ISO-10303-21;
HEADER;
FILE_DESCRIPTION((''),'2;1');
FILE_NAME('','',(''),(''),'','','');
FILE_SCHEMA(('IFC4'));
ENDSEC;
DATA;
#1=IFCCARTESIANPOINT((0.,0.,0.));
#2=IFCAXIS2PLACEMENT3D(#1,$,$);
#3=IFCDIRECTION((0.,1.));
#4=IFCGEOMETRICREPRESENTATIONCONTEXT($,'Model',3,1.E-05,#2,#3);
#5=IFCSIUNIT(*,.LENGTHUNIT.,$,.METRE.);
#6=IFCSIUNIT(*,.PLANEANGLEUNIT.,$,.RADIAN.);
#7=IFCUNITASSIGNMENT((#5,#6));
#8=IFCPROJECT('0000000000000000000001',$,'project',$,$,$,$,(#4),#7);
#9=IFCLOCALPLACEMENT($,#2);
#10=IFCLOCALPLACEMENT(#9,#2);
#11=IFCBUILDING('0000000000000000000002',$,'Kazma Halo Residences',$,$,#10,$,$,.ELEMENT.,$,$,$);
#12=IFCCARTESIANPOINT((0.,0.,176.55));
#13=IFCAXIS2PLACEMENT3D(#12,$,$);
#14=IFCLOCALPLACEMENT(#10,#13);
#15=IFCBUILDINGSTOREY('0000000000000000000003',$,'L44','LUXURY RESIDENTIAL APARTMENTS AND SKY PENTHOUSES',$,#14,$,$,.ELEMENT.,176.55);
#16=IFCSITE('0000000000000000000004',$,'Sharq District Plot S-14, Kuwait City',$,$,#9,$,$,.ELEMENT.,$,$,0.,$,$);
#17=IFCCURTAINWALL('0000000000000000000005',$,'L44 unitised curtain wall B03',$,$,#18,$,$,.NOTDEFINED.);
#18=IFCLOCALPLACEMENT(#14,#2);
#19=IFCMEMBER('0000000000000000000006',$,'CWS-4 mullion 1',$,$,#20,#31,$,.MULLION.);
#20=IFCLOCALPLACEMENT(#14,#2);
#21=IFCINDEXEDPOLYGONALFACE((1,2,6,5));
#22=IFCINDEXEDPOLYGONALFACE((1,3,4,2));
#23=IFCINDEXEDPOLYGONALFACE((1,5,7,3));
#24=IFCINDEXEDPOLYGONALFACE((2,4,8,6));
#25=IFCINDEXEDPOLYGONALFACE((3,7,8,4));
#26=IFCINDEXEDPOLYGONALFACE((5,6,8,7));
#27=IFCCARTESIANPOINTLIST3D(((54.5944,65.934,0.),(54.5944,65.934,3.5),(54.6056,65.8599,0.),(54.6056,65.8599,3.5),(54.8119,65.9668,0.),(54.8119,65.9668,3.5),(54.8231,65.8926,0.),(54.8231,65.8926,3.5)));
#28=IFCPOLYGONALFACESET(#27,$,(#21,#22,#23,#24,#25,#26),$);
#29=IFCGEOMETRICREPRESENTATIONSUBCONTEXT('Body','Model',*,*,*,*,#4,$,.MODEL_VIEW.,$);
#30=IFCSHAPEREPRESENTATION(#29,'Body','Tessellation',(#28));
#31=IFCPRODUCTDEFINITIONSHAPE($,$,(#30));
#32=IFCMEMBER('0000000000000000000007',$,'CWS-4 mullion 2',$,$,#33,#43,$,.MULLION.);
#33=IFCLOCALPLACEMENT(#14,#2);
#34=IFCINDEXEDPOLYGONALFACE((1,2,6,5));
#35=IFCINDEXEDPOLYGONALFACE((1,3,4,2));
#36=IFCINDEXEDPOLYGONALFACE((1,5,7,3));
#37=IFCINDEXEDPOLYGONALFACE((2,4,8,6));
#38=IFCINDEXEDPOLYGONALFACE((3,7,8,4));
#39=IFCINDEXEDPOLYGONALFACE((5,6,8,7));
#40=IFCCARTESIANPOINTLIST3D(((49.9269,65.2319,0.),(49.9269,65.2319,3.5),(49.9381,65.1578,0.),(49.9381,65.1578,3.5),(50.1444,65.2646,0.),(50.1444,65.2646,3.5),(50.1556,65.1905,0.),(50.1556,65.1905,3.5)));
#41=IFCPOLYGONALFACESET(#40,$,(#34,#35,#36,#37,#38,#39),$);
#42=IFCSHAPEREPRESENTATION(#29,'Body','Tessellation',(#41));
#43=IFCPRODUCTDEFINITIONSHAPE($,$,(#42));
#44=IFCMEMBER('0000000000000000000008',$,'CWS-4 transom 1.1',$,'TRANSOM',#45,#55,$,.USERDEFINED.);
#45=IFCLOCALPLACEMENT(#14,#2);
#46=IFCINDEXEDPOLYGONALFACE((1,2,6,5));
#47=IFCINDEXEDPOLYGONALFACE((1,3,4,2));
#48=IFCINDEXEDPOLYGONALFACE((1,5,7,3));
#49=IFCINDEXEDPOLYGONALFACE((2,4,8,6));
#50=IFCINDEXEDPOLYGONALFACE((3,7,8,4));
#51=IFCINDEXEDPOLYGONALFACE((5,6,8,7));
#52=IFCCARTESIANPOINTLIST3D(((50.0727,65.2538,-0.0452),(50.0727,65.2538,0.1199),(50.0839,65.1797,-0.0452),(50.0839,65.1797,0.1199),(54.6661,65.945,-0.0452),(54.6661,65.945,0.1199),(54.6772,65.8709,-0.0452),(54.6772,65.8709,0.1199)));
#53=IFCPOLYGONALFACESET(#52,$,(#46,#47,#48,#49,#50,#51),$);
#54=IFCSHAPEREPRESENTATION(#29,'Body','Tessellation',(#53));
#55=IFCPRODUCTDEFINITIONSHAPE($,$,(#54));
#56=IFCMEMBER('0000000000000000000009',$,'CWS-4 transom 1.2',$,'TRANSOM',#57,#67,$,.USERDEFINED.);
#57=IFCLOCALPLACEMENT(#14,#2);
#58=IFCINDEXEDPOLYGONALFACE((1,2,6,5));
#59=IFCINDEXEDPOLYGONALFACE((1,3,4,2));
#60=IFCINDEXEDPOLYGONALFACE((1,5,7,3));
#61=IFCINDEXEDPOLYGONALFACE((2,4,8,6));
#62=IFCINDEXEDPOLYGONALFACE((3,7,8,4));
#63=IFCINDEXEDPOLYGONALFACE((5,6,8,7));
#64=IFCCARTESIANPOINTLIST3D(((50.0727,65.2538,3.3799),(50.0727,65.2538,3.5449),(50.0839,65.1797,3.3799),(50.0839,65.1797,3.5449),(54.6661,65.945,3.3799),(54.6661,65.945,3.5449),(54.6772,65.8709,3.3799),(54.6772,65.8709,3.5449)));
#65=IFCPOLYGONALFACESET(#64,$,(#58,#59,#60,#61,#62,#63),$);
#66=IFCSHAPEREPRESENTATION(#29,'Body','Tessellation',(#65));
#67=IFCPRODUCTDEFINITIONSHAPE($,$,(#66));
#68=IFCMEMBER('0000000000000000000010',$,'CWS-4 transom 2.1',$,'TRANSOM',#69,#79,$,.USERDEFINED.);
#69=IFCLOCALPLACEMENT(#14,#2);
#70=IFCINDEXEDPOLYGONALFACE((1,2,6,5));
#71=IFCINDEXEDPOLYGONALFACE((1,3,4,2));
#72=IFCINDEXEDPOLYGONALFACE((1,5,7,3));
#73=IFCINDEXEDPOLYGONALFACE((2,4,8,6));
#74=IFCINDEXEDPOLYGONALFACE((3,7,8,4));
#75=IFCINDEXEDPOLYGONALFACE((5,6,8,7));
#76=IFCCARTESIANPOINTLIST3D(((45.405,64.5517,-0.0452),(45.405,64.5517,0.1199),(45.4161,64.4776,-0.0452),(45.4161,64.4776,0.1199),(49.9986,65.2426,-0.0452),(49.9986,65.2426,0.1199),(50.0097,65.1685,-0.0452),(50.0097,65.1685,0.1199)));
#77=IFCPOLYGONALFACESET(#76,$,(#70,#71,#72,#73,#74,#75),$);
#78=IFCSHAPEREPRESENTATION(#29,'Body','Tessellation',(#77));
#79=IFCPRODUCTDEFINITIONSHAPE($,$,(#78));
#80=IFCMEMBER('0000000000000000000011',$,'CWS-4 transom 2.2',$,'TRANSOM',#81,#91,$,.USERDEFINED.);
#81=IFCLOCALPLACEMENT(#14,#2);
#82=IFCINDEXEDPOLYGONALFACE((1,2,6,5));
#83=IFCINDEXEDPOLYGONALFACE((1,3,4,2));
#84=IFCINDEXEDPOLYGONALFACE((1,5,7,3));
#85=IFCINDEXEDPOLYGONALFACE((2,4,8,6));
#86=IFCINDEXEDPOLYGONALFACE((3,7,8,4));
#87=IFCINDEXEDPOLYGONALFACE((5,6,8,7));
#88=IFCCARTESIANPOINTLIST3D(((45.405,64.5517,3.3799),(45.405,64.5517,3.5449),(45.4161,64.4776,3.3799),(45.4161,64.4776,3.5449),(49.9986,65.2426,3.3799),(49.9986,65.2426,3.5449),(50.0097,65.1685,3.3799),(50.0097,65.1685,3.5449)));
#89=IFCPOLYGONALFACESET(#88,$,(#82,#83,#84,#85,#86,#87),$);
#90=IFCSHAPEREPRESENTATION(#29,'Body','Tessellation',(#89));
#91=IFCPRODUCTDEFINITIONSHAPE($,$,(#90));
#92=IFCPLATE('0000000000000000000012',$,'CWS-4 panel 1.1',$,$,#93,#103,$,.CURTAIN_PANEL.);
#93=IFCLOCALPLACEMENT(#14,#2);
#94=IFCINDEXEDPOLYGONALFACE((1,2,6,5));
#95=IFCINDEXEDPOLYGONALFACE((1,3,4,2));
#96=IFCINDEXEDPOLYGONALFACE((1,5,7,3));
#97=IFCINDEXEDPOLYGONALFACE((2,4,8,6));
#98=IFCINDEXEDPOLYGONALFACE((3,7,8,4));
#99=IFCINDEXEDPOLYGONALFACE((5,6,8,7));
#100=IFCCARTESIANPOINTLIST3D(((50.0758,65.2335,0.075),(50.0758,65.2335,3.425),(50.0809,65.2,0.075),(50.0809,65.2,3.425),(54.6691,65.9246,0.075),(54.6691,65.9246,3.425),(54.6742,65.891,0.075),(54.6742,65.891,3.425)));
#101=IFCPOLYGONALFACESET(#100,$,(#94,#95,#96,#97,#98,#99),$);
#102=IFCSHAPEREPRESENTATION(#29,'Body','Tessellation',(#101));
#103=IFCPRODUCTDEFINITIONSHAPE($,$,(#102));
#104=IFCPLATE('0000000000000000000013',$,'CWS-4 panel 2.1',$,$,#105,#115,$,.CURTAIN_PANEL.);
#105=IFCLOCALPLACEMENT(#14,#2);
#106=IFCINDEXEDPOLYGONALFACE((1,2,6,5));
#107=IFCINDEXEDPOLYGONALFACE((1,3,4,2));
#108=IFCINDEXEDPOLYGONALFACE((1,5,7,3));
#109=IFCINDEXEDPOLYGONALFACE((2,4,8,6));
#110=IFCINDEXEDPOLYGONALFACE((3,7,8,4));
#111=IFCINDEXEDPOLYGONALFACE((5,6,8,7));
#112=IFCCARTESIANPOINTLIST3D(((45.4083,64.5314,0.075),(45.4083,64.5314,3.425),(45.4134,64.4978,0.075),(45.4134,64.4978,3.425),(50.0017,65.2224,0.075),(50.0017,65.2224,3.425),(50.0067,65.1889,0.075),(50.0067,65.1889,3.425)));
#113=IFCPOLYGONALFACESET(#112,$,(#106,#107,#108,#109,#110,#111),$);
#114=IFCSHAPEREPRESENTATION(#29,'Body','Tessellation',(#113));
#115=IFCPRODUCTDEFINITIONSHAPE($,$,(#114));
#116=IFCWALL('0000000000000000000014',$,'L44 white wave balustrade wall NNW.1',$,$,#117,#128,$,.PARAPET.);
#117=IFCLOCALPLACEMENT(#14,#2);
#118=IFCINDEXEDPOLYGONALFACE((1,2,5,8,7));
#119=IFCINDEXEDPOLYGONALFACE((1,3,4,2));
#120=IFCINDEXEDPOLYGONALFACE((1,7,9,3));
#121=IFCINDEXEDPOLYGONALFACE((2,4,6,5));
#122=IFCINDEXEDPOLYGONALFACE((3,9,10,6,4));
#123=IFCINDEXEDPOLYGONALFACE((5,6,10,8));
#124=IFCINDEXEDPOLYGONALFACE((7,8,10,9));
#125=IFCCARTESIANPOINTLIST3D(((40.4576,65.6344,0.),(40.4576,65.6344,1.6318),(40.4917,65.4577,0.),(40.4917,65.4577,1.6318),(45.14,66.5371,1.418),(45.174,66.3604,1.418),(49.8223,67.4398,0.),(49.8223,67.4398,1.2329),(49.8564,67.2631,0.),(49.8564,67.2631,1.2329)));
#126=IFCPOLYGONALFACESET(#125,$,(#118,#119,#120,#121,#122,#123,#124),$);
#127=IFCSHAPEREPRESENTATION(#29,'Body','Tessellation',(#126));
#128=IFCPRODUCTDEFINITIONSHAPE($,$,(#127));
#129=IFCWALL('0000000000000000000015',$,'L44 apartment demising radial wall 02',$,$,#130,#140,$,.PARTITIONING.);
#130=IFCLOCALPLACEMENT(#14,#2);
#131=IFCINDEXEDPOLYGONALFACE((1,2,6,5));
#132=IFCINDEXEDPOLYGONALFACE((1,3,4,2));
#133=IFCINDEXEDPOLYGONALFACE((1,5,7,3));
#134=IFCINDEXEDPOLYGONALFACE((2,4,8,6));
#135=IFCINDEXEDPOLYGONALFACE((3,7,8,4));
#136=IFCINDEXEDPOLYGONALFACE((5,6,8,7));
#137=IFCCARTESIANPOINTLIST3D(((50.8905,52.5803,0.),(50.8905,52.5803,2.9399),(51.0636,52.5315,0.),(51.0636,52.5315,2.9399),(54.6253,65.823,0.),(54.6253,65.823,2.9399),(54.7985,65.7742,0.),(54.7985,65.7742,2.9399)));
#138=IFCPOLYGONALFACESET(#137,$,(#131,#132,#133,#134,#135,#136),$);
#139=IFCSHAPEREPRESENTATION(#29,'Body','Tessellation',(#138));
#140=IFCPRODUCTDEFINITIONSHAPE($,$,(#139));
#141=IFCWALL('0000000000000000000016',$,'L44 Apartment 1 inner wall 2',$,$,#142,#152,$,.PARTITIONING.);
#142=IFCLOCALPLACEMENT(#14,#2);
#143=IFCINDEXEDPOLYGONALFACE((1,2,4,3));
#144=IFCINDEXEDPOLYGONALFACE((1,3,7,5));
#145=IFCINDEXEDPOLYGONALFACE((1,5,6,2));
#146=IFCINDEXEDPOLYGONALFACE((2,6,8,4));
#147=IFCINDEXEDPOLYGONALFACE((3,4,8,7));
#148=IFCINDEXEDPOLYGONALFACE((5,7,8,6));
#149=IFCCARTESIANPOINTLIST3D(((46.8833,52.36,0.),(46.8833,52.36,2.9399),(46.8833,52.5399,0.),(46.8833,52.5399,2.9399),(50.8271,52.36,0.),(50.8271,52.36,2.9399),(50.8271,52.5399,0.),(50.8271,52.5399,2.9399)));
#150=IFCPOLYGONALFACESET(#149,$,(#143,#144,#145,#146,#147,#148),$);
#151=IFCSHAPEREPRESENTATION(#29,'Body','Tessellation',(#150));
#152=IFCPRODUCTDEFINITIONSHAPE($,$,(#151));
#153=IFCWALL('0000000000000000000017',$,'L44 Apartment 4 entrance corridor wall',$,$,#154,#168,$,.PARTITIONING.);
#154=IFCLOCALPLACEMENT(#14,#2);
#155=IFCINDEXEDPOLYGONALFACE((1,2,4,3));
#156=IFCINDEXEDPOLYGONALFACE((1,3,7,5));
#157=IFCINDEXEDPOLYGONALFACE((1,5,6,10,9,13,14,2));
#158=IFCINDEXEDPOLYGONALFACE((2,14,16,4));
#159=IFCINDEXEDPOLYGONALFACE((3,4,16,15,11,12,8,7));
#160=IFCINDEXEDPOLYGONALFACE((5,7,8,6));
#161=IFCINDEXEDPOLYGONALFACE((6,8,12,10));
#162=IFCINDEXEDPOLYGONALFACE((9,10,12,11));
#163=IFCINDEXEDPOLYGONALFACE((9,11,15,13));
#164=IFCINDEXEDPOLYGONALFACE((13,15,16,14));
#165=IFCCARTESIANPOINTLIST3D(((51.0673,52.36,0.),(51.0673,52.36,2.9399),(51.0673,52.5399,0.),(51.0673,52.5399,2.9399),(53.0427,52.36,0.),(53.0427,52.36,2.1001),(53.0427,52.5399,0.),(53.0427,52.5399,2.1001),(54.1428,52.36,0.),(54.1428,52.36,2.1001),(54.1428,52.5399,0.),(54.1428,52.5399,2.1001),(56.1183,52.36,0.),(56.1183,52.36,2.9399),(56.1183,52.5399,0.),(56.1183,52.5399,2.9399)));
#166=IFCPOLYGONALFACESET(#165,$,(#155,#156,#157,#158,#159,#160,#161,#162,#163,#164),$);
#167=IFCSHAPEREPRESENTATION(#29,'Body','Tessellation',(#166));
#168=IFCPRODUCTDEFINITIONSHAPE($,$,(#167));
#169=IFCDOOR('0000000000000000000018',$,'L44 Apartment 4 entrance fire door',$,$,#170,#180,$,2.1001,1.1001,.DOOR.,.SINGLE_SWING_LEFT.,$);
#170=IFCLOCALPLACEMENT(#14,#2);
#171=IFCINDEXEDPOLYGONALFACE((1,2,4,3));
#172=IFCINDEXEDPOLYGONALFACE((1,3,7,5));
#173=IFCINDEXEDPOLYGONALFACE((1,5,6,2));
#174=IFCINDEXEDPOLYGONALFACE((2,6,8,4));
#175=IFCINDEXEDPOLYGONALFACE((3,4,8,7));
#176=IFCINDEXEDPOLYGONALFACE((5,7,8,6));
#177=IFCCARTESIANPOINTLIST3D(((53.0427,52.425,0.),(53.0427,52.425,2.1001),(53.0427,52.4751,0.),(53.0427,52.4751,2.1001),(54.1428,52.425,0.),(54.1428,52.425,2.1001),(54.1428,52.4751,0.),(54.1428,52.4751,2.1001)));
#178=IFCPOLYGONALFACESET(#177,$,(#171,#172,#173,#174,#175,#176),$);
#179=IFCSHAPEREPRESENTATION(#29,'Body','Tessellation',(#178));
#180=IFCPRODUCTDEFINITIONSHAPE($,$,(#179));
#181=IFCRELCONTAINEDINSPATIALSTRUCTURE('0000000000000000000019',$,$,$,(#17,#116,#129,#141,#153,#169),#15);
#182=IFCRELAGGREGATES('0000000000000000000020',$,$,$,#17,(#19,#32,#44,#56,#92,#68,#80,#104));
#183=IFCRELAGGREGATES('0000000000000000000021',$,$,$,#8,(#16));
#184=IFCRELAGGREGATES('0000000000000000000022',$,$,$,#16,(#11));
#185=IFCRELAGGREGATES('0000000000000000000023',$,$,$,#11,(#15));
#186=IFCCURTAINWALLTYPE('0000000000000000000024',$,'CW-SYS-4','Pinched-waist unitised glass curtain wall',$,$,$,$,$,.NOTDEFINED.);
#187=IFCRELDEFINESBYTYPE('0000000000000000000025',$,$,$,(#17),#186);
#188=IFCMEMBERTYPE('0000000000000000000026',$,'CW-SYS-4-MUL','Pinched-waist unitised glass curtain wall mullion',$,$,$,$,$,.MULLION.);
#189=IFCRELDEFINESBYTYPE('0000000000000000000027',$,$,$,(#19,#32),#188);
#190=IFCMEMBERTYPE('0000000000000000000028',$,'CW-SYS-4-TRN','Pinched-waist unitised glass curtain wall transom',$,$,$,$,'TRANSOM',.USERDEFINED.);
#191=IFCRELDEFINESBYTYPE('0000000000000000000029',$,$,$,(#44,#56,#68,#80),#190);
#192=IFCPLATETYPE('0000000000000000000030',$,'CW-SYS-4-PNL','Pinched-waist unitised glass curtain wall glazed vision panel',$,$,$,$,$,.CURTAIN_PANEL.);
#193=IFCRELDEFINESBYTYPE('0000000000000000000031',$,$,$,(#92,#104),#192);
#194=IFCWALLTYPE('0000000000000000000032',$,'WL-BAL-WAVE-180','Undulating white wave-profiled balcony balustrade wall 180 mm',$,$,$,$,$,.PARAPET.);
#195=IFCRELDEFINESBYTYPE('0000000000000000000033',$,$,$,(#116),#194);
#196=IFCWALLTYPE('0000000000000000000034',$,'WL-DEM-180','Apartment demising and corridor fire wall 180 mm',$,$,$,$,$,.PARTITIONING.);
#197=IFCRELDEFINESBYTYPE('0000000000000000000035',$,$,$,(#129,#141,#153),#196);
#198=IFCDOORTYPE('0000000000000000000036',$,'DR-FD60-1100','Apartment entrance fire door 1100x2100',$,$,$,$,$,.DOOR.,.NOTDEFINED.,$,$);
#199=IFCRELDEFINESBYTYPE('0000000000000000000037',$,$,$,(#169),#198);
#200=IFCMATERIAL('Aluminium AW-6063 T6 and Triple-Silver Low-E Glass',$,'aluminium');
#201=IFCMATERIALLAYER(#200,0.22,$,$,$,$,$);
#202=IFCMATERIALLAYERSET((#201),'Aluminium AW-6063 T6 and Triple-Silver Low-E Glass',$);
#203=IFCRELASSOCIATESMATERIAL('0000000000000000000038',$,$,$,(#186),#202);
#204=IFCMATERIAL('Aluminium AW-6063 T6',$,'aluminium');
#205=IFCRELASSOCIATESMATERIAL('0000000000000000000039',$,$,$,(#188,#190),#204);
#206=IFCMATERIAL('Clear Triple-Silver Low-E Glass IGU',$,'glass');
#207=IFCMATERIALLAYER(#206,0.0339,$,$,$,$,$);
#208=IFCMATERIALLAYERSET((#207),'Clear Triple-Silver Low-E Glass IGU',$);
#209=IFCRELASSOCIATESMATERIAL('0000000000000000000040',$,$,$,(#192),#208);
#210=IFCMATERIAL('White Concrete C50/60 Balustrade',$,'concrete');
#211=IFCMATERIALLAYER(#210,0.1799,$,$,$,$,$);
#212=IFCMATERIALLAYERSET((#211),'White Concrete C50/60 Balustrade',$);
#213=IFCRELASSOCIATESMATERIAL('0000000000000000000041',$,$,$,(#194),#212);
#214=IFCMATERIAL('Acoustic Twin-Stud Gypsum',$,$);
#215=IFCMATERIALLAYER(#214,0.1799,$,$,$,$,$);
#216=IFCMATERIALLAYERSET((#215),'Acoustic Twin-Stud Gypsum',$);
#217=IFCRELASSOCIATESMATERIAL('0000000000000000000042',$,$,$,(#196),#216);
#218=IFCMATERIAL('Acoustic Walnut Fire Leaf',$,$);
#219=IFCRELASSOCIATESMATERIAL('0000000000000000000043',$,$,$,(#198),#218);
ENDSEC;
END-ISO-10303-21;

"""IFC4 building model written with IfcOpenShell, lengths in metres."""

from ifc_helpers import new_model, si_unit, direction, frame, frame_2d, origin, origin_2d, place, context, subcontext, project, spatial, polyline, rectangle, outline, extrude, material, layer, layer_set, material_profile, profile_set, type_object, element, fill, aggregate, save


model = new_model("IFC4")

# Units and contexts
model_context = context("Model", 3, precision=1e-05, world=origin(), true_north=direction((0.0, 1.0)))
body_context = subcontext(model_context, "Body", "Model", "MODEL_VIEW")
ifc_project = project(units=[si_unit("LENGTHUNIT", "METRE"), si_unit("PLANEANGLEUNIT", "RADIAN")], contexts=[model_context])

# Site, building, storey
site_placement = place(None, origin())
site = spatial("IfcSite", under=ifc_project, at=site_placement, Name="Sharq District Plot S-14, Kuwait City", CompositionType="ELEMENT", RefElevation=0.0)
building_placement = place(site_placement, origin())
building = spatial("IfcBuilding", under=site, at=building_placement, Name="Kazma Halo Residences", CompositionType="ELEMENT")
storey_placement = place(building_placement, frame((0.0, 0.0, 176.55)))
storey = spatial("IfcBuildingStorey", under=building, at=storey_placement, Name="L44", Description="LUXURY RESIDENTIAL APARTMENTS AND SKY PENTHOUSES", CompositionType="ELEMENT", Elevation=176.55)

# Curtain wall, members, plates
ifc_material_1 = material(Name="Aluminium AW-6063 T6 and Triple-Silver Low-E Glass", Category="aluminium")
ifc_layer_1 = layer(ifc_material_1, 0.22)
ifc_layer_set_1 = layer_set([ifc_layer_1], Name="Aluminium AW-6063 T6 and Triple-Silver Low-E Glass")
curtain_wall_type = type_object("IfcCurtainWallType", Name="CW-SYS-4", Description="Pinched-waist unitised glass curtain wall", PredefinedType="NOTDEFINED", material=ifc_layer_set_1)
curtain_wall_placement = place(storey_placement, origin())
curtain_wall = element("IfcCurtainWall", 1, at=curtain_wall_placement, inside=storey, type_object=curtain_wall_type, Name="L44 unitised curtain wall B03", PredefinedType="NOTDEFINED")
ifc_material_2 = material(Name="Aluminium AW-6063 T6", Category="aluminium")
ifc_material_profile_1 = material_profile(ifc_material_2, rectangle(XDim=0.075, YDim=0.22, at=origin_2d()), Name="CWM-75x220")
ifc_profile_set_1 = profile_set([ifc_material_profile_1], Name="Aluminium AW-6063 T6")
member_type_1 = type_object("IfcMemberType", Name="CW-SYS-4-MUL", Description="Pinched-waist unitised glass curtain wall mullion", PredefinedType="MULLION", material=ifc_profile_set_1)
member_1_placement = place(storey_placement, frame((54.7087, 65.9133, 0.0), z_axis=(0.0, 0.0, 1.0), x_axis=(0.148773, -0.988871, 0.0)))
member_1 = element("IfcMember", 2, at=member_1_placement, type_object=member_type_1, Name="CWS-4 mullion 1", PredefinedType="MULLION", context=body_context, shape_type="SweptSolid", body=[
    extrude(rectangle(XDim=0.075, YDim=0.22, at=origin_2d()), origin(), (0.0, 0.0, 1.0), 3.5),
])
member_2_placement = place(storey_placement, frame((50.0413, 65.2112, 0.0), z_axis=(0.0, 0.0, 1.0), x_axis=(0.148773, -0.988871, 0.0)))
member_2 = element("IfcMember", 3, at=member_2_placement, type_object=member_type_1, Name="CWS-4 mullion 2", PredefinedType="MULLION", context=body_context, shape_type="SweptSolid", body=[
    extrude(rectangle(XDim=0.075, YDim=0.22, at=origin_2d()), origin(), (0.0, 0.0, 1.0), 3.5),
])
ifc_material_profile_2 = material_profile(ifc_material_2, rectangle(XDim=0.075, YDim=0.165, at=origin_2d()), Name="CWT-75x165")
ifc_profile_set_2 = profile_set([ifc_material_profile_2], Name="Aluminium AW-6063 T6")
member_type_2 = type_object("IfcMemberType", Name="CW-SYS-4-TRN", Description="Pinched-waist unitised glass curtain wall transom", ElementType="TRANSOM", PredefinedType="USERDEFINED", material=ifc_profile_set_2)
member_3_placement = place(storey_placement, frame((54.6716, 65.908, 0.0374), z_axis=(-0.988868, -0.148798, 0.0), x_axis=(0.148798, -0.988868, 0.0)))
member_3 = element("IfcMember", 4, at=member_3_placement, type_object=member_type_2, Name="CWS-4 transom 1.1", ObjectType="TRANSOM", PredefinedType="USERDEFINED", context=body_context, shape_type="SweptSolid", body=[
    extrude(rectangle(XDim=0.075, YDim=0.165, at=origin_2d()), origin(), (0.0, 0.0, 1.0), 4.645),
])
member_4_placement = place(storey_placement, frame((54.6716, 65.908, 3.4624), z_axis=(-0.988868, -0.148798, 0.0), x_axis=(0.148798, -0.988868, 0.0)))
member_4 = element("IfcMember", 5, at=member_4_placement, type_object=member_type_2, Name="CWS-4 transom 1.2", ObjectType="TRANSOM", PredefinedType="USERDEFINED", context=body_context, shape_type="SweptSolid", body=[
    extrude(rectangle(XDim=0.075, YDim=0.165, at=origin_2d()), origin(), (0.0, 0.0, 1.0), 4.645),
])
member_5_placement = place(storey_placement, frame((50.0042, 65.2056, 0.0374), z_axis=(-0.988877, -0.148739, 0.0), x_axis=(0.148739, -0.988877, 0.0)))
member_5 = element("IfcMember", 6, at=member_5_placement, type_object=member_type_2, Name="CWS-4 transom 2.1", ObjectType="TRANSOM", PredefinedType="USERDEFINED", context=body_context, shape_type="SweptSolid", body=[
    extrude(rectangle(XDim=0.075, YDim=0.165, at=origin_2d()), origin(), (0.0, 0.0, 1.0), 4.6453),
])
member_6_placement = place(storey_placement, frame((50.0042, 65.2056, 3.4624), z_axis=(-0.988877, -0.148739, 0.0), x_axis=(0.148739, -0.988877, 0.0)))
member_6 = element("IfcMember", 7, at=member_6_placement, type_object=member_type_2, Name="CWS-4 transom 2.2", ObjectType="TRANSOM", PredefinedType="USERDEFINED", context=body_context, shape_type="SweptSolid", body=[
    extrude(rectangle(XDim=0.075, YDim=0.165, at=origin_2d()), origin(), (0.0, 0.0, 1.0), 4.6453),
])
ifc_material_3 = material(Name="Clear Triple-Silver Low-E Glass IGU", Category="glass")
ifc_layer_2 = layer(ifc_material_3, 0.0339)
ifc_layer_set_2 = layer_set([ifc_layer_2], Name="Clear Triple-Silver Low-E Glass IGU")
plate_type = type_object("IfcPlateType", Name="CW-SYS-4-PNL", Description="Pinched-waist unitised glass curtain wall glazed vision panel", PredefinedType="CURTAIN_PANEL", material=ifc_layer_set_2)
plate_1_placement = place(storey_placement, frame((52.375, 65.5623, 0.075), z_axis=(0.0, 0.0, 1.0), x_axis=(-0.988871, -0.148773, 0.0)))
plate_1 = element("IfcPlate", 8, at=plate_1_placement, type_object=plate_type, Name="CWS-4 panel 1.1", PredefinedType="CURTAIN_PANEL", context=body_context, shape_type="SweptSolid", body=[
    extrude(rectangle(XDim=4.645, YDim=0.0339, at=origin_2d()), origin(), (0.0, 0.0, 1.0), 3.3501),
])
plate_2_placement = place(storey_placement, frame((47.7075, 64.8601, 0.075), z_axis=(0.0, 0.0, 1.0), x_axis=(-0.988871, -0.148773, 0.0)))
plate_2 = element("IfcPlate", 9, at=plate_2_placement, type_object=plate_type, Name="CWS-4 panel 2.1", PredefinedType="CURTAIN_PANEL", context=body_context, shape_type="SweptSolid", body=[
    extrude(rectangle(XDim=4.645, YDim=0.0339, at=origin_2d()), origin(), (0.0, 0.0, 1.0), 3.3501),
])
aggregate(curtain_wall, [member_1, member_2, member_3, member_4, plate_1, member_5, member_6, plate_2])

# Walls
ifc_material_4 = material(Name="White Concrete C50/60 Balustrade", Category="concrete")
ifc_layer_3 = layer(ifc_material_4, 0.1799)
ifc_layer_set_3 = layer_set([ifc_layer_3], Name="White Concrete C50/60 Balustrade")
wall_type_1 = type_object("IfcWallType", Name="WL-BAL-WAVE-180", Description="Undulating white wave-profiled balcony balustrade wall 180 mm", PredefinedType="PARAPET", material=ifc_layer_set_3)
wall_1_placement = place(storey_placement, frame((49.8394, 67.3513, 0.0), z_axis=(0.0, 0.0, 1.0), x_axis=(-0.981919, -0.189303, 0.0)))
element("IfcWall", 10, at=wall_1_placement, inside=storey, type_object=wall_type_1, Name="L44 white wave balustrade wall NNW.1", PredefinedType="PARAPET", context=body_context, shape_type="SweptSolid", body=[
    extrude(outline(polyline([(0.0, 0.0), (9.5371, 0.0), (9.5371, 1.6318), (4.7686, 1.418), (0.0, 1.2329), (0.0, 0.0)])), frame((0.0, 0.0898, 0.0), z_axis=(0.0, -1.0, 0.0), x_axis=(1.0, 0.0, 0.0)), (0.0, 0.0, 1.0), 0.1799),
])
ifc_material_5 = material(Name="Acoustic Twin-Stud Gypsum")
ifc_layer_4 = layer(ifc_material_5, 0.1799)
ifc_layer_set_4 = layer_set([ifc_layer_4], Name="Acoustic Twin-Stud Gypsum")
wall_type_2 = type_object("IfcWallType", Name="WL-DEM-180", Description="Apartment demising and corridor fire wall 180 mm", PredefinedType="PARTITIONING", material=ifc_layer_set_4)
wall_2_placement = place(storey_placement, frame((50.9771, 52.5559, 0.0), z_axis=(0.0, 0.0, 1.0), x_axis=(0.271443, 0.962454, 0.0)))
element("IfcWall", 11, at=wall_2_placement, inside=storey, type_object=wall_type_2, Name="L44 apartment demising radial wall 02", PredefinedType="PARTITIONING", context=body_context, shape_type="SweptSolid", body=[
    extrude(rectangle(XDim=13.7593, YDim=0.1799, at=frame_2d((6.8796, 0.0))), origin(), (0.0, 0.0, 1.0), 2.9399),
])
wall_3_placement = place(storey_placement, frame((50.8271, 52.45, 0.0), z_axis=(0.0, 0.0, 1.0), x_axis=(-1.0, 0.0, 0.0)))
element("IfcWall", 12, at=wall_3_placement, inside=storey, type_object=wall_type_2, Name="L44 Apartment 1 inner wall 2", PredefinedType="PARTITIONING", context=body_context, shape_type="SweptSolid", body=[
    extrude(rectangle(XDim=3.9438, YDim=0.1799, at=frame_2d((1.9719, 0.0))), origin(), (0.0, 0.0, 1.0), 2.9399),
])

# Wall, opening, door
wall_4_placement = place(storey_placement, frame((56.1182, 52.45, 0.0), z_axis=(0.0, 0.0, 1.0), x_axis=(-1.0, 0.0, 0.0)))
wall_4 = element("IfcWall", 13, at=wall_4_placement, inside=storey, type_object=wall_type_2, Name="L44 Apartment 4 entrance corridor wall", PredefinedType="PARTITIONING", context=body_context, shape_type="SweptSolid", body=[
    extrude(rectangle(XDim=5.051, YDim=0.1799, at=frame_2d((2.5254, 0.0))), origin(), (0.0, 0.0, 1.0), 2.9399),
])
opening_1_placement = place(wall_4_placement, frame((1.9753, 0.0, 0.0)))
opening_1 = element("IfcOpeningElement", 14, at=opening_1_placement, cuts=wall_4, PredefinedType="OPENING", context=body_context, shape_type="SweptSolid", body=[
    extrude(rectangle(XDim=1.1001, YDim=2.1001, at=frame_2d((0.55, 1.05))), frame((0.0, 0.0999, 0.0), z_axis=(0.0, -1.0, 0.0), x_axis=(1.0, 0.0, 0.0)), (0.0, 0.0, 1.0), 0.2),
])
ifc_material_6 = material(Name="Acoustic Walnut Fire Leaf")
door_type_1 = type_object("IfcDoorType", Name="DR-FD60-1100", Description="Apartment entrance fire door 1100x2100", OperationType="NOTDEFINED", PredefinedType="DOOR", material=ifc_material_6)
door_1_placement = place(opening_1_placement, origin())
door_1 = element("IfcDoor", 15, at=door_1_placement, inside=storey, type_object=door_type_1, Name="L44 Apartment 4 entrance fire door", OperationType="SINGLE_SWING_LEFT", OverallHeight=2.1001, OverallWidth=1.1001, PredefinedType="DOOR", context=body_context, shape_type="SweptSolid", body=[
    extrude(rectangle(XDim=1.1001, YDim=2.1001, at=frame_2d((0.55, 1.05))), frame((0.0, 0.0249, 0.0), z_axis=(0.0, -1.0, 0.0), x_axis=(1.0, 0.0, 0.0)), (0.0, 0.0, 1.0), 0.05),
])
fill(opening_1, door_1)

save(model, "model.ifc")
